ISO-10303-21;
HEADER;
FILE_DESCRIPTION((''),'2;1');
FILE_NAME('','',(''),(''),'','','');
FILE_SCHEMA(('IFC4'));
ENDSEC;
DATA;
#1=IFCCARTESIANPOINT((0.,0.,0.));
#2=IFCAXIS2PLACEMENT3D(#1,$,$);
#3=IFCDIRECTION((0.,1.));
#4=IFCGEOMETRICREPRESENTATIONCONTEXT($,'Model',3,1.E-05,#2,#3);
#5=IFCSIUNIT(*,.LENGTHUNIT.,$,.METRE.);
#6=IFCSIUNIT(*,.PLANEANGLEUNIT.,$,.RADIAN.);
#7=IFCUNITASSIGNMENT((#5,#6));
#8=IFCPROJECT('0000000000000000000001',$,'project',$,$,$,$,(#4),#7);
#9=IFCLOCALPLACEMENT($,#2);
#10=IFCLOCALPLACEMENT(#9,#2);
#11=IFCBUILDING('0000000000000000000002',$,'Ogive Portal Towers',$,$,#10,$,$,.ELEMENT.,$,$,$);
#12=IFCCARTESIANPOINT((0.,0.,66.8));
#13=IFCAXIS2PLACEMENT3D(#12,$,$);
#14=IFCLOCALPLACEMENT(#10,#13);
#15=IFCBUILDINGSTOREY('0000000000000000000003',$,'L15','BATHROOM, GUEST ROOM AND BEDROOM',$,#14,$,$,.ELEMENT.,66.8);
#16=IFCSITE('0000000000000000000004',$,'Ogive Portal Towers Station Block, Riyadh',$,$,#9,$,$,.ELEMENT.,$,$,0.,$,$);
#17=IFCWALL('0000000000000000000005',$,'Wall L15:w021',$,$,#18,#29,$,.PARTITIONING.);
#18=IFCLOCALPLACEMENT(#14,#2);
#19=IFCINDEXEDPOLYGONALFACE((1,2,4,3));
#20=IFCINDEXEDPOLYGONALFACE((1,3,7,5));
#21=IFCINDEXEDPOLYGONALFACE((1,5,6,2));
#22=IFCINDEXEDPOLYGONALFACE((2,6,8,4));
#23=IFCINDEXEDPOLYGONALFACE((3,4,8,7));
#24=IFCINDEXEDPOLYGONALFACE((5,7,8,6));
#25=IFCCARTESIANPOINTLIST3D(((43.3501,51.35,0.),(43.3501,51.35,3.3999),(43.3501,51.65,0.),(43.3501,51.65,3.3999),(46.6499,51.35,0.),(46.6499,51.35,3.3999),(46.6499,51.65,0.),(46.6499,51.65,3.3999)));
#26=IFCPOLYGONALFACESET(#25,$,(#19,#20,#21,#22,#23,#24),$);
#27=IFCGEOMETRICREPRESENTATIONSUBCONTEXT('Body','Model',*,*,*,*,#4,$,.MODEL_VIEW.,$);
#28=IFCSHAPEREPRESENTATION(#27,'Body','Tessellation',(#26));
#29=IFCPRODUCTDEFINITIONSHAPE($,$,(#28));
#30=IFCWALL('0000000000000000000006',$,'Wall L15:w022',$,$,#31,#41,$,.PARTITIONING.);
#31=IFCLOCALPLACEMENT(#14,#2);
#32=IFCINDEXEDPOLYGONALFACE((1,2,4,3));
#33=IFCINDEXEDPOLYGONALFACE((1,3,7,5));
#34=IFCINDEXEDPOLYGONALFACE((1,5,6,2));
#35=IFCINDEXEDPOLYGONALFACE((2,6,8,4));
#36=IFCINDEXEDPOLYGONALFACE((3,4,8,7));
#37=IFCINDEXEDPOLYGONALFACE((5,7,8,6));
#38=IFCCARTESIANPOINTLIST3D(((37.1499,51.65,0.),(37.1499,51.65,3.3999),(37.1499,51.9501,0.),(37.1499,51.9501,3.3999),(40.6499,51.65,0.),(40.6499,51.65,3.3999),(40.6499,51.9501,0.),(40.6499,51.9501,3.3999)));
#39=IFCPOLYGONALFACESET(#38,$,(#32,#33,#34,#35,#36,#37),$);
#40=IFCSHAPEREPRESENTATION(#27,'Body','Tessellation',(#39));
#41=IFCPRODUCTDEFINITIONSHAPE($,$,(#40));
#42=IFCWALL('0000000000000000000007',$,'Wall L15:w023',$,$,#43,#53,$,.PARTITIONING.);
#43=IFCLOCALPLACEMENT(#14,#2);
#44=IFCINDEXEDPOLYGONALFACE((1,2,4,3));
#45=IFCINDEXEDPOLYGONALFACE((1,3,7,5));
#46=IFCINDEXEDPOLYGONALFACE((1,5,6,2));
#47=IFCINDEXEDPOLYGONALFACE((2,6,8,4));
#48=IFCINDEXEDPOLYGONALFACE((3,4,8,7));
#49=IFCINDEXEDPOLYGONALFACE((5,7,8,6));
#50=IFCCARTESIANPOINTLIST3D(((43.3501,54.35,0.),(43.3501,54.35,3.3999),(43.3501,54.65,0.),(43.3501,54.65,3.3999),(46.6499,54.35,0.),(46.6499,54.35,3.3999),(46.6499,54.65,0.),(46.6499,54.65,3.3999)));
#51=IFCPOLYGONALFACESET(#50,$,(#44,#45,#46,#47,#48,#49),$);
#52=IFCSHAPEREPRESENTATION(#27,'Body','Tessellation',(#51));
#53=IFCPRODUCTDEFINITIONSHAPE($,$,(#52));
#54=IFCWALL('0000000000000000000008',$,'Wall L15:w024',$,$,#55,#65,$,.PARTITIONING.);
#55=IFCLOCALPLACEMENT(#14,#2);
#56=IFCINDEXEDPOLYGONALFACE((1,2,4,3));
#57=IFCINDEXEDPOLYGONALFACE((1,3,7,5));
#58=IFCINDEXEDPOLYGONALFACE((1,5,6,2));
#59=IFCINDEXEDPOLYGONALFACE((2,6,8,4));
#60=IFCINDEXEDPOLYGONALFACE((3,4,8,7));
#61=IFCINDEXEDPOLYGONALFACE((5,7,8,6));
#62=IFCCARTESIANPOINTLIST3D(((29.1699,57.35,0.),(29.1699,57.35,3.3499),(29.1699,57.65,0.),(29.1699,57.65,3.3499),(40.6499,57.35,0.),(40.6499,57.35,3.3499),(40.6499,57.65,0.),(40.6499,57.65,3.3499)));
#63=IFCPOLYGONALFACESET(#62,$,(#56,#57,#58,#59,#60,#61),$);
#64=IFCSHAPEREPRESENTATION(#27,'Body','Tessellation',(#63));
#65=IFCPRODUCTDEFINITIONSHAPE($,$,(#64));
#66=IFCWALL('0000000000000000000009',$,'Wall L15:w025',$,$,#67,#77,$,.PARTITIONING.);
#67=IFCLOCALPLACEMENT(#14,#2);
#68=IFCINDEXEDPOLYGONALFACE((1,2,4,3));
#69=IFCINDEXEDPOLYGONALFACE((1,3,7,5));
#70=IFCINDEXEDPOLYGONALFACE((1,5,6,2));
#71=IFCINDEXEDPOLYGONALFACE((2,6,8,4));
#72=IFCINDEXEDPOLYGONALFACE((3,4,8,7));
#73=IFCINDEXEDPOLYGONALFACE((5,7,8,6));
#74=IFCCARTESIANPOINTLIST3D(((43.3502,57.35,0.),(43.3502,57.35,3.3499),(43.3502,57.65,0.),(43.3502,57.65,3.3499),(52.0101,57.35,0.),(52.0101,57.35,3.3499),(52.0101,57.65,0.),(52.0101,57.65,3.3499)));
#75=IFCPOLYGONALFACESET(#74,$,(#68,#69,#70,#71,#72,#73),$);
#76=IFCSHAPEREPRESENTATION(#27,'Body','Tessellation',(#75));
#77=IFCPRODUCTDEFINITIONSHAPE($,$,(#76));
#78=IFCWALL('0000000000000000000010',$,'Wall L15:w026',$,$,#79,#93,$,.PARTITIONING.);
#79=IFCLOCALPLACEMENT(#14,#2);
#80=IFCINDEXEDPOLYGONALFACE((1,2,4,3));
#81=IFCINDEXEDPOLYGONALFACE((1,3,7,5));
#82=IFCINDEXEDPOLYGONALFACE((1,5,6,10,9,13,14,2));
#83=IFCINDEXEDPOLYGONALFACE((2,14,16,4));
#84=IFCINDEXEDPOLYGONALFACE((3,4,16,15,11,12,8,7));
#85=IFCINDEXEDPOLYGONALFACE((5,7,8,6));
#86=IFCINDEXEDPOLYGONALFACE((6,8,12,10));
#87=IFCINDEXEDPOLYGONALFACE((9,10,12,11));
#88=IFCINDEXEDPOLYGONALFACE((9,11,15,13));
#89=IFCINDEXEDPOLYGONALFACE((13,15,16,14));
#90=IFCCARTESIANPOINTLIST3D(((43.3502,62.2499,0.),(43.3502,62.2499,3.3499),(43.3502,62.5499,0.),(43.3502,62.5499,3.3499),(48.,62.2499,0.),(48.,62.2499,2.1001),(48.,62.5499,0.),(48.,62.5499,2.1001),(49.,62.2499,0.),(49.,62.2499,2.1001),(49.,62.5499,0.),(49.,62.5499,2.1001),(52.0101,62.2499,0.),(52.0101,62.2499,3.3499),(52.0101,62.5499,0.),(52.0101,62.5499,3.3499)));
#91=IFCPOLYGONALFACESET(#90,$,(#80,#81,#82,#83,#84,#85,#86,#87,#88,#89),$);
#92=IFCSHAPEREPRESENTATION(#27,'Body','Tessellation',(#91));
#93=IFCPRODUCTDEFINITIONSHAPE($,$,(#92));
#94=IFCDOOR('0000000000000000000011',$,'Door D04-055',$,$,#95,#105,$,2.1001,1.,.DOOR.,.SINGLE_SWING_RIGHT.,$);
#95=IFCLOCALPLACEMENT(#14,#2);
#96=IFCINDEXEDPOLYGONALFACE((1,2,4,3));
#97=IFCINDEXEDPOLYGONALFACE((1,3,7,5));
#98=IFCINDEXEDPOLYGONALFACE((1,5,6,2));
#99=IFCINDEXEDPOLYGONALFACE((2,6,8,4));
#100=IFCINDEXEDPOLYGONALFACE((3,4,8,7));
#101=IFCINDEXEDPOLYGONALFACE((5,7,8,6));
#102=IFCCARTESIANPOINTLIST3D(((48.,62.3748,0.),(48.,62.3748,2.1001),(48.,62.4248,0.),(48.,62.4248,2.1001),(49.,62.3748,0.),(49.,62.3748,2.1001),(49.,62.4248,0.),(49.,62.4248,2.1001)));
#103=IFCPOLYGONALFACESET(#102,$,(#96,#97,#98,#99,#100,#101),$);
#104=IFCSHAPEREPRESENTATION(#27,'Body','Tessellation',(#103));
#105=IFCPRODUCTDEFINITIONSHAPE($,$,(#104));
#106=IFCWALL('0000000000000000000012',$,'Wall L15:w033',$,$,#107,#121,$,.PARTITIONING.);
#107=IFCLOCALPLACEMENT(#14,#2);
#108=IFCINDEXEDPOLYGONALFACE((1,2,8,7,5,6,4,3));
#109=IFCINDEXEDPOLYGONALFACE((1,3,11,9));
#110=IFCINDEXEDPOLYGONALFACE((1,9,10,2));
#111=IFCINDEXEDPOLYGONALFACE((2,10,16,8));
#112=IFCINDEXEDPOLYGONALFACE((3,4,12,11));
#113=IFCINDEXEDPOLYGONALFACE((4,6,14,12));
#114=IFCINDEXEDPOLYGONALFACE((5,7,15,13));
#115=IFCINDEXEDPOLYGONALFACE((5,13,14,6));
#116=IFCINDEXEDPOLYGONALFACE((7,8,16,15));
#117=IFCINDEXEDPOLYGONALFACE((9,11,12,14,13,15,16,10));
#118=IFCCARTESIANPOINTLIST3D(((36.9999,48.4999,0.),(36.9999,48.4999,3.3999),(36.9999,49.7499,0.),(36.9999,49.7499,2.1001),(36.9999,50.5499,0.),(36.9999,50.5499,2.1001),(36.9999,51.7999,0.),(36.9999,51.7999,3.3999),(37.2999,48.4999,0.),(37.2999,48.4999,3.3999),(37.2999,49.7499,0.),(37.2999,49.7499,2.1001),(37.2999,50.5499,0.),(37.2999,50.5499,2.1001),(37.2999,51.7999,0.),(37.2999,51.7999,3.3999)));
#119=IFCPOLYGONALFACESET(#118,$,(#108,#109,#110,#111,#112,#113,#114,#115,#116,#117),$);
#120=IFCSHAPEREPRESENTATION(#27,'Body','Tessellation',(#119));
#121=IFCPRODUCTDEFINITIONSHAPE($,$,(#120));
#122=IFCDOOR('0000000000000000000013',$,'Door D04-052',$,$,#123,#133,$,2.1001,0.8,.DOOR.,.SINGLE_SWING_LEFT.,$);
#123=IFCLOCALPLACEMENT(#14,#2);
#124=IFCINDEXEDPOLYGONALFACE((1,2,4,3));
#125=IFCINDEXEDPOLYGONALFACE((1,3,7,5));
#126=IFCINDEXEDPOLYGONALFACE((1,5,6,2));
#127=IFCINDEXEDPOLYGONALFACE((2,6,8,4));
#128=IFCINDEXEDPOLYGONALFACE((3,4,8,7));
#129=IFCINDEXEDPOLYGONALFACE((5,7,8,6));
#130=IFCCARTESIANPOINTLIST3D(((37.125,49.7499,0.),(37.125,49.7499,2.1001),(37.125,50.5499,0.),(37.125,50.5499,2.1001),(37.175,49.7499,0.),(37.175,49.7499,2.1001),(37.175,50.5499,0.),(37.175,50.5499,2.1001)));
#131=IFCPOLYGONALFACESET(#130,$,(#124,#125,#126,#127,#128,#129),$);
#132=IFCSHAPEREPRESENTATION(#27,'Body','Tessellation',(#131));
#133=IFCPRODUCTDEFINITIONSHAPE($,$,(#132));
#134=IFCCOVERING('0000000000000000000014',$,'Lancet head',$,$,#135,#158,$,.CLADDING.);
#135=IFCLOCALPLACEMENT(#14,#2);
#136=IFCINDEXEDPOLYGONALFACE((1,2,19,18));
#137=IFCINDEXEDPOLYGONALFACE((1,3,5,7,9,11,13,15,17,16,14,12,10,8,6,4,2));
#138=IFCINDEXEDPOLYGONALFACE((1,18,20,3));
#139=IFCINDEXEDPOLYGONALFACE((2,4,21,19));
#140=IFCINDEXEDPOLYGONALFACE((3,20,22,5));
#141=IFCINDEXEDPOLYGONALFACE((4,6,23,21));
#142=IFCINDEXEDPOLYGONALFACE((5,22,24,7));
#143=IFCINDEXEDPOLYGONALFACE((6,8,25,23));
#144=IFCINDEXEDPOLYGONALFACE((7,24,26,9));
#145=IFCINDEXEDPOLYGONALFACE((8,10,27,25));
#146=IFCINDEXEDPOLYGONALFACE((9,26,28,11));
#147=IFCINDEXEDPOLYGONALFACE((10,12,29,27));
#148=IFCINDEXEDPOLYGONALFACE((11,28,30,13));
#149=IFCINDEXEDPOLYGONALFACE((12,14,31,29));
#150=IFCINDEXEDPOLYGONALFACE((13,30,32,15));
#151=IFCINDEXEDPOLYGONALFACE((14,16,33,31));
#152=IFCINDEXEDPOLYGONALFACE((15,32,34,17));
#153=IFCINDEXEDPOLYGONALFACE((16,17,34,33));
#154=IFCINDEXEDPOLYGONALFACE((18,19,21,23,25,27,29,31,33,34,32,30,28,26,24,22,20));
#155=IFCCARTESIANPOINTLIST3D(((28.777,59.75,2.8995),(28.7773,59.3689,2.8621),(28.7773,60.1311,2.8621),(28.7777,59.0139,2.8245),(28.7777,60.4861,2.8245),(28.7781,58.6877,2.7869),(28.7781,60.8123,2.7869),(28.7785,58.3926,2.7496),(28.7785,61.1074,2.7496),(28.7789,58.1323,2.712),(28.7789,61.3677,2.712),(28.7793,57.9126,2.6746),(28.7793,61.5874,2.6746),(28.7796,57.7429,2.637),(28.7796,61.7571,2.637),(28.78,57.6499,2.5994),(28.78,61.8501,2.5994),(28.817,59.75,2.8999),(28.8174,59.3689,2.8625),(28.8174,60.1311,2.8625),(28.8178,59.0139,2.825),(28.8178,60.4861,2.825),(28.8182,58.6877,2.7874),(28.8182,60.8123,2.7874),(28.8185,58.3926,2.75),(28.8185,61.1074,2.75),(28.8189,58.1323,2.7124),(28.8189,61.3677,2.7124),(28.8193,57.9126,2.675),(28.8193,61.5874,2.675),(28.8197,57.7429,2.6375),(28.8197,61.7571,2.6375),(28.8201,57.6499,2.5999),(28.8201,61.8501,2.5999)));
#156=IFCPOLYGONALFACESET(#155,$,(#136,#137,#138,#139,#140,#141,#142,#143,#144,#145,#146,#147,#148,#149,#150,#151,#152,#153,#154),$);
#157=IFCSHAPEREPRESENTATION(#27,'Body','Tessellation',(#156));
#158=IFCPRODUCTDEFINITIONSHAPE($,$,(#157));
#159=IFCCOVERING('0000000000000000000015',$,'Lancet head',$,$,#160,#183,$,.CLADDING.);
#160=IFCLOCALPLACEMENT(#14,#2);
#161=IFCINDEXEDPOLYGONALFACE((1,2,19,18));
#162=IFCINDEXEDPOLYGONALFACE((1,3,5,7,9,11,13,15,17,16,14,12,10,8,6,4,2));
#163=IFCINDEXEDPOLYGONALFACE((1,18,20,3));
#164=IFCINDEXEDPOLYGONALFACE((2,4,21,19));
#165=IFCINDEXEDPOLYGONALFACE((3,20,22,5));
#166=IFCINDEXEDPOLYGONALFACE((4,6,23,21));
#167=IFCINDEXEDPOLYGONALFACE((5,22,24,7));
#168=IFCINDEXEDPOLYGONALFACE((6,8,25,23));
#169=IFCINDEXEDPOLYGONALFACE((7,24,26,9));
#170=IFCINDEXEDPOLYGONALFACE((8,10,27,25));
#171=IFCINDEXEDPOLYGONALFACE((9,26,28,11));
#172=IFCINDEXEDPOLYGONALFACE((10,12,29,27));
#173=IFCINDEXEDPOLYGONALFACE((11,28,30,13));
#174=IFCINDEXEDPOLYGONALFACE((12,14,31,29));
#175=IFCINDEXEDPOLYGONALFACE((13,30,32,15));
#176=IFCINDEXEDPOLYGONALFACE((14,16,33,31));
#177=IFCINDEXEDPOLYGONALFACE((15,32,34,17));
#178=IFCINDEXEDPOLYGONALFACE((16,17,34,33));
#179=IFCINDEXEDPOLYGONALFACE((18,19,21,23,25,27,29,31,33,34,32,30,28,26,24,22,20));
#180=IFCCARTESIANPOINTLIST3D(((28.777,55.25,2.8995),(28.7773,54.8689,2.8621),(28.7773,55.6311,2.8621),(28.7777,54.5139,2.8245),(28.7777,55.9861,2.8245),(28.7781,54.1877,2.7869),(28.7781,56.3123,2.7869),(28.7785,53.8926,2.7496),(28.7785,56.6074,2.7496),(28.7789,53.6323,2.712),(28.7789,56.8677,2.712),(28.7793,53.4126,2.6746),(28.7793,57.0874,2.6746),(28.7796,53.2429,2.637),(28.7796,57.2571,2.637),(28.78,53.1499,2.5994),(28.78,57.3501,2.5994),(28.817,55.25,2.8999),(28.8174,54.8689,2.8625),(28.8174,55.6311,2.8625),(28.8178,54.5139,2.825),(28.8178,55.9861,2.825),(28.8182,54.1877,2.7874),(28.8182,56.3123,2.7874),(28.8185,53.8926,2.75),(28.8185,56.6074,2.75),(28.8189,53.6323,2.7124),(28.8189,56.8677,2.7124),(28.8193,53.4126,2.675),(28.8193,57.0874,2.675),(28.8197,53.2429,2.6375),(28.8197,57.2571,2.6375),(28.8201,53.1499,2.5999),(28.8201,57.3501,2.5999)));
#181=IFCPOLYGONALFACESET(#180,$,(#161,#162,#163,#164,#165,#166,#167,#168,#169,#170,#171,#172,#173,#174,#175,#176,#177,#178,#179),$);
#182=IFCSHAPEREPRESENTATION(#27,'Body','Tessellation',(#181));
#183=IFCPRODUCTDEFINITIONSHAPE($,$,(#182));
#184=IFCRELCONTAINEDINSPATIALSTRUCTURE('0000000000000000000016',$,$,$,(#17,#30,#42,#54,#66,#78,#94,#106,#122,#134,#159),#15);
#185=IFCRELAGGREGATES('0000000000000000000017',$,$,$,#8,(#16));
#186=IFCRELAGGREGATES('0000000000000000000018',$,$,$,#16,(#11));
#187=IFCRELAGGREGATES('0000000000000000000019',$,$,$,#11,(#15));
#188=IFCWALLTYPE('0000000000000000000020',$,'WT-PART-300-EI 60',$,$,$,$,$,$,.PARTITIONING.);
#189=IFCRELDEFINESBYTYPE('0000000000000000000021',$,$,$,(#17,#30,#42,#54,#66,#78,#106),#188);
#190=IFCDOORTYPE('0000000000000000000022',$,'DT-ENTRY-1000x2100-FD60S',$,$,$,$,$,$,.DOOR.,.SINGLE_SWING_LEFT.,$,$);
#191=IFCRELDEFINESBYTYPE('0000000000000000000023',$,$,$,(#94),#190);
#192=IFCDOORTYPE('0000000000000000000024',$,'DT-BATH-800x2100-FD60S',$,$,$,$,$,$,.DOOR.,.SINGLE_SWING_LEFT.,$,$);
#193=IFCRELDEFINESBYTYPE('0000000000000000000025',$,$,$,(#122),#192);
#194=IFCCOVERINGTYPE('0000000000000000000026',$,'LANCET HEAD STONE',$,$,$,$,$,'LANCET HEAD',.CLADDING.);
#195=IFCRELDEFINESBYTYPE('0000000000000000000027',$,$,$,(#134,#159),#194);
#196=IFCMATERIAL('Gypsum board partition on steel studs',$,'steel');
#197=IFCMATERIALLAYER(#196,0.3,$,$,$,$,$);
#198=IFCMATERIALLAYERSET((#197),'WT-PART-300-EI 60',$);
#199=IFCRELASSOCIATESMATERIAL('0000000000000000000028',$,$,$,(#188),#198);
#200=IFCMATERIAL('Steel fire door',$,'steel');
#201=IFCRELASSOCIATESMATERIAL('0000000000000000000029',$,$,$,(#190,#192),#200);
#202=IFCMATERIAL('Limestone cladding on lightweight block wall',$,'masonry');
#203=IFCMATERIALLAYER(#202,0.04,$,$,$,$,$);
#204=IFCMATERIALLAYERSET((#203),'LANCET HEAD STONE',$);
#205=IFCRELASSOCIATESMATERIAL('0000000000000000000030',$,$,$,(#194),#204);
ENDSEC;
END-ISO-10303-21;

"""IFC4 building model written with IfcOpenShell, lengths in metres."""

from ifc_helpers import new_model, si_unit, direction, frame, frame_2d, origin, place, context, subcontext, project, spatial, polyline, rectangle, outline, extrude, material, layer, layer_set, type_object, element, fill, save


model = new_model("IFC4")

# Units and contexts
model_context = context("Model", 3, precision=1e-05, world=origin(), true_north=direction((0.0, 1.0)))
body_context = subcontext(model_context, "Body", "Model", "MODEL_VIEW")
ifc_project = project(units=[si_unit("LENGTHUNIT", "METRE"), si_unit("PLANEANGLEUNIT", "RADIAN")], contexts=[model_context])

# Site, building, storey
site_placement = place(None, origin())
site = spatial("IfcSite", under=ifc_project, at=site_placement, Name="Ogive Portal Towers Station Block, Riyadh", CompositionType="ELEMENT", RefElevation=0.0)
building_placement = place(site_placement, origin())
building = spatial("IfcBuilding", under=site, at=building_placement, Name="Ogive Portal Towers", CompositionType="ELEMENT")
storey_placement = place(building_placement, frame((0.0, 0.0, 66.8)))
storey = spatial("IfcBuildingStorey", under=building, at=storey_placement, Name="L15", Description="BATHROOM, GUEST ROOM AND BEDROOM", CompositionType="ELEMENT", Elevation=66.8)

# Shared definitions
ifc_material_1 = material(Name="Steel fire door", Category="steel")

# Walls
ifc_material_2 = material(Name="Gypsum board partition on steel studs", Category="steel")
ifc_layer_1 = layer(ifc_material_2, 0.3)
ifc_layer_set_1 = layer_set([ifc_layer_1], Name="WT-PART-300-EI 60")
wall_type_1 = type_object("IfcWallType", Name="WT-PART-300-EI 60", PredefinedType="PARTITIONING", material=ifc_layer_set_1)
wall_1_placement = place(storey_placement, frame((43.3501, 51.5, 0.0), z_axis=(0.0, 0.0, 1.0), x_axis=(1.0, 0.0, 0.0)))
element("IfcWall", 1, at=wall_1_placement, inside=storey, type_object=wall_type_1, Name="Wall L15:w021", PredefinedType="PARTITIONING", context=body_context, shape_type="SweptSolid", body=[
    extrude(rectangle(XDim=3.2998, YDim=0.3, at=frame_2d((1.6499, 0.0))), origin(), (0.0, 0.0, 1.0), 3.3999),
])
wall_2_placement = place(storey_placement, frame((37.1499, 51.8, 0.0), z_axis=(0.0, 0.0, 1.0), x_axis=(1.0, 0.0, 0.0)))
element("IfcWall", 2, at=wall_2_placement, inside=storey, type_object=wall_type_1, Name="Wall L15:w022", PredefinedType="PARTITIONING", context=body_context, shape_type="SweptSolid", body=[
    extrude(rectangle(XDim=3.5, YDim=0.3, at=frame_2d((1.75, 0.0))), origin(), (0.0, 0.0, 1.0), 3.3999),
])
wall_3_placement = place(storey_placement, frame((43.3501, 54.5, 0.0), z_axis=(0.0, 0.0, 1.0), x_axis=(1.0, 0.0, 0.0)))
element("IfcWall", 3, at=wall_3_placement, inside=storey, type_object=wall_type_1, Name="Wall L15:w023", PredefinedType="PARTITIONING", context=body_context, shape_type="SweptSolid", body=[
    extrude(rectangle(XDim=3.2998, YDim=0.3, at=frame_2d((1.6499, 0.0))), origin(), (0.0, 0.0, 1.0), 3.3999),
])
wall_4_placement = place(storey_placement, frame((29.1699, 57.5, 0.0), z_axis=(0.0, 0.0, 1.0), x_axis=(1.0, 0.0, 0.0)))
element("IfcWall", 4, at=wall_4_placement, inside=storey, type_object=wall_type_1, Name="Wall L15:w024", PredefinedType="PARTITIONING", context=body_context, shape_type="SweptSolid", body=[
    extrude(rectangle(XDim=11.48, YDim=0.3, at=frame_2d((5.74, 0.0))), origin(), (0.0, 0.0, 1.0), 3.3499),
])
wall_5_placement = place(storey_placement, frame((43.3501, 57.5, 0.0), z_axis=(0.0, 0.0, 1.0), x_axis=(1.0, 0.0, 0.0)))
element("IfcWall", 5, at=wall_5_placement, inside=storey, type_object=wall_type_1, Name="Wall L15:w025", PredefinedType="PARTITIONING", context=body_context, shape_type="SweptSolid", body=[
    extrude(rectangle(XDim=8.6599, YDim=0.3, at=frame_2d((4.3301, 0.0))), origin(), (0.0, 0.0, 1.0), 3.3499),
])

# Walls, openings, doors
wall_6_placement = place(storey_placement, frame((43.3501, 62.3999, 0.0), z_axis=(0.0, 0.0, 1.0), x_axis=(1.0, 0.0, 0.0)))
wall_6 = element("IfcWall", 6, at=wall_6_placement, inside=storey, type_object=wall_type_1, Name="Wall L15:w026", PredefinedType="PARTITIONING", context=body_context, shape_type="SweptSolid", body=[
    extrude(rectangle(XDim=8.6599, YDim=0.3, at=frame_2d((4.3301, 0.0))), origin(), (0.0, 0.0, 1.0), 3.3499),
])
opening_1_placement = place(wall_6_placement, frame((4.6499, 0.0, 0.0)))
opening_1 = element("IfcOpeningElement", 7, at=opening_1_placement, cuts=wall_6, PredefinedType="OPENING", context=body_context, shape_type="SweptSolid", body=[
    extrude(rectangle(XDim=1.0, YDim=2.1001, at=frame_2d((0.5, 1.05))), frame((0.0, 0.1602, 0.0), z_axis=(0.0, -1.0, 0.0), x_axis=(1.0, 0.0, 0.0)), (0.0, 0.0, 1.0), 0.3201),
])
door_type_1 = type_object("IfcDoorType", Name="DT-ENTRY-1000x2100-FD60S", OperationType="SINGLE_SWING_LEFT", PredefinedType="DOOR", material=ifc_material_1)
door_1_placement = place(opening_1_placement, origin())
door_1 = element("IfcDoor", 8, at=door_1_placement, inside=storey, type_object=door_type_1, Name="Door D04-055", OperationType="SINGLE_SWING_RIGHT", OverallHeight=2.1001, OverallWidth=1.0, PredefinedType="DOOR", context=body_context, shape_type="SweptSolid", body=[
    extrude(rectangle(XDim=1.0, YDim=2.1001, at=frame_2d((0.5, 1.05))), frame((0.0, 0.0249, 0.0), z_axis=(0.0, -1.0, 0.0), x_axis=(1.0, 0.0, 0.0)), (0.0, 0.0, 1.0), 0.05),
])
fill(opening_1, door_1)
wall_7_placement = place(storey_placement, frame((37.1499, 48.5, 0.0), z_axis=(0.0, 0.0, 1.0), x_axis=(0.0, 1.0, 0.0)))
wall_7 = element("IfcWall", 9, at=wall_7_placement, inside=storey, type_object=wall_type_1, Name="Wall L15:w033", PredefinedType="PARTITIONING", context=body_context, shape_type="SweptSolid", body=[
    extrude(rectangle(XDim=3.3, YDim=0.3, at=frame_2d((1.6499, 0.0))), origin(), (0.0, 0.0, 1.0), 3.3999),
])
opening_2_placement = place(wall_7_placement, frame((1.25, 0.0, 0.0)))
opening_2 = element("IfcOpeningElement", 10, at=opening_2_placement, cuts=wall_7, PredefinedType="OPENING", context=body_context, shape_type="SweptSolid", body=[
    extrude(rectangle(XDim=0.8, YDim=2.1001, at=frame_2d((0.3999, 1.05))), frame((0.0, 0.1602, 0.0), z_axis=(0.0, -1.0, 0.0), x_axis=(1.0, 0.0, 0.0)), (0.0, 0.0, 1.0), 0.3201),
])
door_type_2 = type_object("IfcDoorType", Name="DT-BATH-800x2100-FD60S", OperationType="SINGLE_SWING_LEFT", PredefinedType="DOOR", material=ifc_material_1)
door_2_placement = place(opening_2_placement, origin())
door_2 = element("IfcDoor", 11, at=door_2_placement, inside=storey, type_object=door_type_2, Name="Door D04-052", OperationType="SINGLE_SWING_LEFT", OverallHeight=2.1001, OverallWidth=0.8, PredefinedType="DOOR", context=body_context, shape_type="SweptSolid", body=[
    extrude(rectangle(XDim=0.8, YDim=2.1001, at=frame_2d((0.3999, 1.05))), frame((0.0, 0.0249, 0.0), z_axis=(0.0, -1.0, 0.0), x_axis=(1.0, 0.0, 0.0)), (0.0, 0.0, 1.0), 0.05),
])
fill(opening_2, door_2)

# Coverings
ifc_material_3 = material(Name="Limestone cladding on lightweight block wall", Category="masonry")
ifc_layer_2 = layer(ifc_material_3, 0.04)
ifc_layer_set_2 = layer_set([ifc_layer_2], Name="LANCET HEAD STONE")
covering_type_1 = type_object("IfcCoveringType", Name="LANCET HEAD STONE", ElementType="LANCET HEAD", PredefinedType="CLADDING", material=ifc_layer_set_2)
for number, where, z_axis, x_axis, name in (
    (12, (28.8201, 61.8501, 2.5999), (0.999948, 0.0, 0.010223), (0.0, -1.0, 0.0), "Lancet head"),
    (13, (28.8201, 57.3501, 2.5999), (0.999948, 0.0, 0.010223), (0.0, -1.0, 0.0), "Lancet head"),
):
    element("IfcCovering", number, at=place(storey_placement, frame(where, z_axis=z_axis, x_axis=x_axis)), inside=storey, type_object=covering_type_1, Name=name, PredefinedType="CLADDING", context=body_context, shape_type="SweptSolid", body=[
        extrude(outline(polyline([(0.0, 0.0), (4.2002, 0.0), (4.1072, -0.0376), (3.9375, -0.0752), (3.7178, -0.1126), (3.4575, -0.1502), (3.1624, -0.1875), (2.8362, -0.2251), (2.4812, -0.2627), (2.1001, -0.3001), (1.719, -0.2627), (1.364, -0.2251), (1.0378, -0.1875), (0.7427, -0.1502), (0.4824, -0.1126), (0.2627, -0.0752), (0.093, -0.0376), (0.0, 0.0)])), origin(), (0.0, 0.0, -1.0), 0.04),
    ])

save(model, "model.ifc")
